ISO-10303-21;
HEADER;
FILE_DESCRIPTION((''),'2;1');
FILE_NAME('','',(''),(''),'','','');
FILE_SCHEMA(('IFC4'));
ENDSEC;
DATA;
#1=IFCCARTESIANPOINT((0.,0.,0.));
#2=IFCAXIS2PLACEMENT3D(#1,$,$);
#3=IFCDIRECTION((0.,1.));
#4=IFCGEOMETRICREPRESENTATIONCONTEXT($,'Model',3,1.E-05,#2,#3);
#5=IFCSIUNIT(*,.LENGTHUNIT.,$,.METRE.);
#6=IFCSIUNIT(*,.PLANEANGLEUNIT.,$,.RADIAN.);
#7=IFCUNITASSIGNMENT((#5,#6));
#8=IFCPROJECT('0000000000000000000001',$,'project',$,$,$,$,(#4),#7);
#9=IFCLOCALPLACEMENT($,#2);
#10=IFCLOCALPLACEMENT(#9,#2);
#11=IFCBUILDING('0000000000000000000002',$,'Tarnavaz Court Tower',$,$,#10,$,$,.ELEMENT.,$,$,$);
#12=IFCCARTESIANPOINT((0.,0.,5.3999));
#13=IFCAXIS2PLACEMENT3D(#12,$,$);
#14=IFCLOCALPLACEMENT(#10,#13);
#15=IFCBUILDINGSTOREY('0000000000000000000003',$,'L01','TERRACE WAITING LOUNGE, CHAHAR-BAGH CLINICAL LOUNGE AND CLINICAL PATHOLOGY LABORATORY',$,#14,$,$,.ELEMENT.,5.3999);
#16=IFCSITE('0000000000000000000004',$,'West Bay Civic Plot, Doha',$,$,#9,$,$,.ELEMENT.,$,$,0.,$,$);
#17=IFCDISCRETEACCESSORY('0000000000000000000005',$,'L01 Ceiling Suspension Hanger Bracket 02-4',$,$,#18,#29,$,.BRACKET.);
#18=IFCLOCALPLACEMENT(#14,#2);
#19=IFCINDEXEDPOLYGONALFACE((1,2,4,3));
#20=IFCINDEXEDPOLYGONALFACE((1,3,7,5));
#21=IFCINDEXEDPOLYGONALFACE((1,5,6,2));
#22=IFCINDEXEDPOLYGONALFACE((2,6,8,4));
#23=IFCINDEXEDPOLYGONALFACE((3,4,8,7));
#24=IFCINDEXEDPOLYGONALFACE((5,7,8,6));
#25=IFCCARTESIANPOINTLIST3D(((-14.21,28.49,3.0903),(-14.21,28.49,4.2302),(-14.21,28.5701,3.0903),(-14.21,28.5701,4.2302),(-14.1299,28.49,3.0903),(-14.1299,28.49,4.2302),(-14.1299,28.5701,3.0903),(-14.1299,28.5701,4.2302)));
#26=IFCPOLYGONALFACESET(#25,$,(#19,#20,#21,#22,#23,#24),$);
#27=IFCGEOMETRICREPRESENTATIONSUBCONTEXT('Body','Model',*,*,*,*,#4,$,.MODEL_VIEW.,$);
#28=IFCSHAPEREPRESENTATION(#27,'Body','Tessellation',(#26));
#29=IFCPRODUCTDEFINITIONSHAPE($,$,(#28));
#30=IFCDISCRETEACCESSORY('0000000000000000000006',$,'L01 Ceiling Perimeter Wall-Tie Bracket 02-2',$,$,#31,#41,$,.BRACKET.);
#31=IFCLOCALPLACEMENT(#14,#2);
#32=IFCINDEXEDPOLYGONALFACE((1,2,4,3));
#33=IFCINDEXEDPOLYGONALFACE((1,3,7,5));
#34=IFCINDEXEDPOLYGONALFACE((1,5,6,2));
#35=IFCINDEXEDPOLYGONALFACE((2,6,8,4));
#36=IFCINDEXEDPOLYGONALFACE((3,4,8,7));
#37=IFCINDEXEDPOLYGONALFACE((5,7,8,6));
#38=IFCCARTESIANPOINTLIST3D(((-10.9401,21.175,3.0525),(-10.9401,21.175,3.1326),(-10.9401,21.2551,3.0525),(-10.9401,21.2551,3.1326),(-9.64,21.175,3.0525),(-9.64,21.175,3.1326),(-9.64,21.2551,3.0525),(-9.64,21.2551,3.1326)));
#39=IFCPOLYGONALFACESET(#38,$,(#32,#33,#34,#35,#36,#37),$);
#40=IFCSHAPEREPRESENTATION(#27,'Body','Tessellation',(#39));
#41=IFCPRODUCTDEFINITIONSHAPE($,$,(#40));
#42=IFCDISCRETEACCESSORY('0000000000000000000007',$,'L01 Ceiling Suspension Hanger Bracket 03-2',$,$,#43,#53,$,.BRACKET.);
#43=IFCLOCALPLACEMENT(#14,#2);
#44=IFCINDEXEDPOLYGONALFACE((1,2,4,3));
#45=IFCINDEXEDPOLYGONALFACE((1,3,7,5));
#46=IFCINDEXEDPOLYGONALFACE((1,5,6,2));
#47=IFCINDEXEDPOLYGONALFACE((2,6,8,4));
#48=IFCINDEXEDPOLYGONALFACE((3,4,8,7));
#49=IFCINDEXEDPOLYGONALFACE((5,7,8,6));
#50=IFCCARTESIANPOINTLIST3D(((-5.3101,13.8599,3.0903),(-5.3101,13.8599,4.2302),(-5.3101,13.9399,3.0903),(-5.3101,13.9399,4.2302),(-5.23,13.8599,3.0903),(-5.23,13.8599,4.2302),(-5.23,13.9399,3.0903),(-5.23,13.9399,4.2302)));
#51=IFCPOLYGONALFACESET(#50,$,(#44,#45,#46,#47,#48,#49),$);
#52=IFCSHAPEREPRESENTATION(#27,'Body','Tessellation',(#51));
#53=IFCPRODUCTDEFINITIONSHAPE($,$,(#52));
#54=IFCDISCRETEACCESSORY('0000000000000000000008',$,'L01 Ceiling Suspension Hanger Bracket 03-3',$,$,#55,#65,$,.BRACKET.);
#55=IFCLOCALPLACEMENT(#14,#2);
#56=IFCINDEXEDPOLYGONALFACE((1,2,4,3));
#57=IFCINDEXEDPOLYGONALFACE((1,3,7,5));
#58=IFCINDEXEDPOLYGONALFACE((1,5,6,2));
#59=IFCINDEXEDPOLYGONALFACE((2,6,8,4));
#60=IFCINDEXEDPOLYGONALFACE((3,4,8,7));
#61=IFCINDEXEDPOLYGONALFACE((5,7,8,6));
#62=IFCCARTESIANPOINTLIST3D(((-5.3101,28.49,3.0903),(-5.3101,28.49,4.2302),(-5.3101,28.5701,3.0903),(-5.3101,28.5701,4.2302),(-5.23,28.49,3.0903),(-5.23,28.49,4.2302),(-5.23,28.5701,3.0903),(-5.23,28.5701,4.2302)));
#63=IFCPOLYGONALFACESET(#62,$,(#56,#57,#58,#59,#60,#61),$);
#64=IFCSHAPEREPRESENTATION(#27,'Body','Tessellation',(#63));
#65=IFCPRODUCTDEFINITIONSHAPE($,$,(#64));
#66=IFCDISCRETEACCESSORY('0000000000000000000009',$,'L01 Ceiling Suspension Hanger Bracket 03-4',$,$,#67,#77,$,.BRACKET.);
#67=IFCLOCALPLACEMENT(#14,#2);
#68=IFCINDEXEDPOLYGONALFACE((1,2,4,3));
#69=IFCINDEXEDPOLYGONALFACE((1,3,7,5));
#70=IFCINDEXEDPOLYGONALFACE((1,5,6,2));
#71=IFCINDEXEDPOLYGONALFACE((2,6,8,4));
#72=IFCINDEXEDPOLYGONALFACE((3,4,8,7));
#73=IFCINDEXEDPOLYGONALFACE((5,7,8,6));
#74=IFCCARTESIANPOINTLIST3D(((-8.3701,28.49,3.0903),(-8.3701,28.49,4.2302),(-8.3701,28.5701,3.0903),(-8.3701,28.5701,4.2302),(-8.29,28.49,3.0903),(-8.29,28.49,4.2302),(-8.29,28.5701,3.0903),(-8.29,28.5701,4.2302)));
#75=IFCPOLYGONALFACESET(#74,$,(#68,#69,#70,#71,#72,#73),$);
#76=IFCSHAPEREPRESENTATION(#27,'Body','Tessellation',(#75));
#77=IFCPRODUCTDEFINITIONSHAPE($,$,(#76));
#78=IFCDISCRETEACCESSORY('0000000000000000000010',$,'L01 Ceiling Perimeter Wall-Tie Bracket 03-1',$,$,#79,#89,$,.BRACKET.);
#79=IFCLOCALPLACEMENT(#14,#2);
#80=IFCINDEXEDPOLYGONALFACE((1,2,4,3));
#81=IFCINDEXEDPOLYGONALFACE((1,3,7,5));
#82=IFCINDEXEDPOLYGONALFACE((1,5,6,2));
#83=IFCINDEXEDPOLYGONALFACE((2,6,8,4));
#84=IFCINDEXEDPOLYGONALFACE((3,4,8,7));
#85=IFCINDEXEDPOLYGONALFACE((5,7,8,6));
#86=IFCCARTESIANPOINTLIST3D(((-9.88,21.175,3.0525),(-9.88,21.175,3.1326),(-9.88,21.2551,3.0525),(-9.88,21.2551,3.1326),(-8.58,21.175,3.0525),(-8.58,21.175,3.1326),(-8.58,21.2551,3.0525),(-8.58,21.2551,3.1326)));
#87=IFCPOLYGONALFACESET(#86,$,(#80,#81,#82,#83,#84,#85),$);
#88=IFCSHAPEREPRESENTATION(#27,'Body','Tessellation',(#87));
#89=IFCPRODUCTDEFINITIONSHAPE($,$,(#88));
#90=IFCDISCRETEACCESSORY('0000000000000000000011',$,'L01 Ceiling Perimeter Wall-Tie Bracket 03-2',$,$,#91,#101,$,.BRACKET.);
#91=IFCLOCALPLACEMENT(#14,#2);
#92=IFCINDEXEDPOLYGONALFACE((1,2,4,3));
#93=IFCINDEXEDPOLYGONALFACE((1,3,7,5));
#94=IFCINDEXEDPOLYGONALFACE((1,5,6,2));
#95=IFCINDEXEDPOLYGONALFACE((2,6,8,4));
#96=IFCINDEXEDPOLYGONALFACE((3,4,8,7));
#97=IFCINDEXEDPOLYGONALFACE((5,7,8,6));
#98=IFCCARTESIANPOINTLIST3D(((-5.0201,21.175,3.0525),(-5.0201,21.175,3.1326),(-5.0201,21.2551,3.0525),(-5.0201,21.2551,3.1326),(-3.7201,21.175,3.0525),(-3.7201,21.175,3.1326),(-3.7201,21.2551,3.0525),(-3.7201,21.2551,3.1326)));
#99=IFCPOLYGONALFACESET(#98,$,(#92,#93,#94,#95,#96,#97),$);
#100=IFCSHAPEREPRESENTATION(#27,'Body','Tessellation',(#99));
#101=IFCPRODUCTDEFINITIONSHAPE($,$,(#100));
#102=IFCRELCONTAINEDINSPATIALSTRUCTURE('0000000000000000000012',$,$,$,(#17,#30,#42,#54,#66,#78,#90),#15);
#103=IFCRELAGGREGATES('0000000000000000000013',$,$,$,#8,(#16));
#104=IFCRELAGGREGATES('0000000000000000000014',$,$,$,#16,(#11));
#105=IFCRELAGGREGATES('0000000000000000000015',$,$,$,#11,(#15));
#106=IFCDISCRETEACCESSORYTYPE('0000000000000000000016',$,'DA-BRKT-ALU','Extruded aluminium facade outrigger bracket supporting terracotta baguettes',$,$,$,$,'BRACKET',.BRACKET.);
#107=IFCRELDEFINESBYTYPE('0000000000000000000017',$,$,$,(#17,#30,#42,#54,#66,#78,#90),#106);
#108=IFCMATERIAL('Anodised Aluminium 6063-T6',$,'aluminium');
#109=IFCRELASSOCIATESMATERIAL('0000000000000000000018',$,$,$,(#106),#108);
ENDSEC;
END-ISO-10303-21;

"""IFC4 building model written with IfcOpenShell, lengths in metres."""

from ifc_helpers import new_model, si_unit, direction, frame, origin, origin_2d, place, context, subcontext, project, spatial, rectangle, extrude, material, type_object, element, save


model = new_model("IFC4")

# Units and contexts
model_context = context("Model", 3, precision=1e-05, world=origin(), true_north=direction((0.0, 1.0)))
body_context = subcontext(model_context, "Body", "Model", "MODEL_VIEW")
ifc_project = project(units=[si_unit("LENGTHUNIT", "METRE"), si_unit("PLANEANGLEUNIT", "RADIAN")], contexts=[model_context])

# Site, building, storey
site_placement = place(None, origin())
site = spatial("IfcSite", under=ifc_project, at=site_placement, Name="West Bay Civic Plot, Doha", CompositionType="ELEMENT", RefElevation=0.0)
building_placement = place(site_placement, origin())
building = spatial("IfcBuilding", under=site, at=building_placement, Name="Tarnavaz Court Tower", CompositionType="ELEMENT")
storey_placement = place(building_placement, frame((0.0, 0.0, 5.3999)))
storey = spatial("IfcBuildingStorey", under=building, at=storey_placement, Name="L01", Description="TERRACE WAITING LOUNGE, CHAHAR-BAGH CLINICAL LOUNGE AND CLINICAL PATHOLOGY LABORATORY", CompositionType="ELEMENT", Elevation=5.3999)

# Shared definitions
ifc_material_1 = material(Name="Anodised Aluminium 6063-T6", Category="aluminium")

# Discrete accessories
discrete_accessory_type = type_object("IfcDiscreteAccessoryType", Name="DA-BRKT-ALU", Description="Extruded aluminium facade outrigger bracket supporting terracotta baguettes", ElementType="BRACKET", PredefinedType="BRACKET", material=ifc_material_1)
for number, where, z_axis, x_axis, name in (
    (1, (-14.1699, 28.53, 3.0903), (0.0, 0.0, 1.0), (1.0, 0.0, 0.0), "L01 Ceiling Suspension Hanger Bracket 02-4"),
):
    element("IfcDiscreteAccessory", number, at=place(storey_placement, frame(where, z_axis=z_axis, x_axis=x_axis)), inside=storey, type_object=discrete_accessory_type, Name=name, PredefinedType="BRACKET", context=body_context, shape_type="SweptSolid", body=[
        extrude(rectangle(XDim=0.0801, YDim=0.0801, at=origin_2d()), origin(), (0.0, 0.0, 1.0), 1.1399),
    ])
discrete_accessory_placement = place(storey_placement, frame((-10.29, 21.2151, 3.0525), z_axis=(0.0, 0.0, 1.0), x_axis=(1.0, 0.0, 0.0)))
element("IfcDiscreteAccessory", 2, at=discrete_accessory_placement, inside=storey, type_object=discrete_accessory_type, Name="L01 Ceiling Perimeter Wall-Tie Bracket 02-2", PredefinedType="BRACKET", context=body_context, shape_type="SweptSolid", body=[
    extrude(rectangle(XDim=1.3, YDim=0.0801, at=origin_2d()), origin(), (0.0, 0.0, 1.0), 0.0801),
])
for number, where, z_axis, x_axis, name in (
    (3, (-5.27, 13.8999, 3.0903), (0.0, 0.0, 1.0), (1.0, 0.0, 0.0), "L01 Ceiling Suspension Hanger Bracket 03-2"),
    (4, (-5.27, 28.53, 3.0903), (0.0, 0.0, 1.0), (1.0, 0.0, 0.0), "L01 Ceiling Suspension Hanger Bracket 03-3"),
    (5, (-8.3301, 28.53, 3.0903), (0.0, 0.0, 1.0), (1.0, 0.0, 0.0), "L01 Ceiling Suspension Hanger Bracket 03-4"),
):
    element("IfcDiscreteAccessory", number, at=place(storey_placement, frame(where, z_axis=z_axis, x_axis=x_axis)), inside=storey, type_object=discrete_accessory_type, Name=name, PredefinedType="BRACKET", context=body_context, shape_type="SweptSolid", body=[
        extrude(rectangle(XDim=0.0801, YDim=0.0801, at=origin_2d()), origin(), (0.0, 0.0, 1.0), 1.1399),
    ])
for number, where, z_axis, x_axis, name in (
    (6, (-9.23, 21.2151, 3.0525), (0.0, 0.0, 1.0), (1.0, 0.0, 0.0), "L01 Ceiling Perimeter Wall-Tie Bracket 03-1"),
    (7, (-4.3701, 21.2151, 3.0525), (0.0, 0.0, 1.0), (1.0, 0.0, 0.0), "L01 Ceiling Perimeter Wall-Tie Bracket 03-2"),
):
    element("IfcDiscreteAccessory", number, at=place(storey_placement, frame(where, z_axis=z_axis, x_axis=x_axis)), inside=storey, type_object=discrete_accessory_type, Name=name, PredefinedType="BRACKET", context=body_context, shape_type="SweptSolid", body=[
        extrude(rectangle(XDim=1.3, YDim=0.0801, at=origin_2d()), origin(), (0.0, 0.0, 1.0), 0.0801),
    ])

save(model, "model.ifc")
